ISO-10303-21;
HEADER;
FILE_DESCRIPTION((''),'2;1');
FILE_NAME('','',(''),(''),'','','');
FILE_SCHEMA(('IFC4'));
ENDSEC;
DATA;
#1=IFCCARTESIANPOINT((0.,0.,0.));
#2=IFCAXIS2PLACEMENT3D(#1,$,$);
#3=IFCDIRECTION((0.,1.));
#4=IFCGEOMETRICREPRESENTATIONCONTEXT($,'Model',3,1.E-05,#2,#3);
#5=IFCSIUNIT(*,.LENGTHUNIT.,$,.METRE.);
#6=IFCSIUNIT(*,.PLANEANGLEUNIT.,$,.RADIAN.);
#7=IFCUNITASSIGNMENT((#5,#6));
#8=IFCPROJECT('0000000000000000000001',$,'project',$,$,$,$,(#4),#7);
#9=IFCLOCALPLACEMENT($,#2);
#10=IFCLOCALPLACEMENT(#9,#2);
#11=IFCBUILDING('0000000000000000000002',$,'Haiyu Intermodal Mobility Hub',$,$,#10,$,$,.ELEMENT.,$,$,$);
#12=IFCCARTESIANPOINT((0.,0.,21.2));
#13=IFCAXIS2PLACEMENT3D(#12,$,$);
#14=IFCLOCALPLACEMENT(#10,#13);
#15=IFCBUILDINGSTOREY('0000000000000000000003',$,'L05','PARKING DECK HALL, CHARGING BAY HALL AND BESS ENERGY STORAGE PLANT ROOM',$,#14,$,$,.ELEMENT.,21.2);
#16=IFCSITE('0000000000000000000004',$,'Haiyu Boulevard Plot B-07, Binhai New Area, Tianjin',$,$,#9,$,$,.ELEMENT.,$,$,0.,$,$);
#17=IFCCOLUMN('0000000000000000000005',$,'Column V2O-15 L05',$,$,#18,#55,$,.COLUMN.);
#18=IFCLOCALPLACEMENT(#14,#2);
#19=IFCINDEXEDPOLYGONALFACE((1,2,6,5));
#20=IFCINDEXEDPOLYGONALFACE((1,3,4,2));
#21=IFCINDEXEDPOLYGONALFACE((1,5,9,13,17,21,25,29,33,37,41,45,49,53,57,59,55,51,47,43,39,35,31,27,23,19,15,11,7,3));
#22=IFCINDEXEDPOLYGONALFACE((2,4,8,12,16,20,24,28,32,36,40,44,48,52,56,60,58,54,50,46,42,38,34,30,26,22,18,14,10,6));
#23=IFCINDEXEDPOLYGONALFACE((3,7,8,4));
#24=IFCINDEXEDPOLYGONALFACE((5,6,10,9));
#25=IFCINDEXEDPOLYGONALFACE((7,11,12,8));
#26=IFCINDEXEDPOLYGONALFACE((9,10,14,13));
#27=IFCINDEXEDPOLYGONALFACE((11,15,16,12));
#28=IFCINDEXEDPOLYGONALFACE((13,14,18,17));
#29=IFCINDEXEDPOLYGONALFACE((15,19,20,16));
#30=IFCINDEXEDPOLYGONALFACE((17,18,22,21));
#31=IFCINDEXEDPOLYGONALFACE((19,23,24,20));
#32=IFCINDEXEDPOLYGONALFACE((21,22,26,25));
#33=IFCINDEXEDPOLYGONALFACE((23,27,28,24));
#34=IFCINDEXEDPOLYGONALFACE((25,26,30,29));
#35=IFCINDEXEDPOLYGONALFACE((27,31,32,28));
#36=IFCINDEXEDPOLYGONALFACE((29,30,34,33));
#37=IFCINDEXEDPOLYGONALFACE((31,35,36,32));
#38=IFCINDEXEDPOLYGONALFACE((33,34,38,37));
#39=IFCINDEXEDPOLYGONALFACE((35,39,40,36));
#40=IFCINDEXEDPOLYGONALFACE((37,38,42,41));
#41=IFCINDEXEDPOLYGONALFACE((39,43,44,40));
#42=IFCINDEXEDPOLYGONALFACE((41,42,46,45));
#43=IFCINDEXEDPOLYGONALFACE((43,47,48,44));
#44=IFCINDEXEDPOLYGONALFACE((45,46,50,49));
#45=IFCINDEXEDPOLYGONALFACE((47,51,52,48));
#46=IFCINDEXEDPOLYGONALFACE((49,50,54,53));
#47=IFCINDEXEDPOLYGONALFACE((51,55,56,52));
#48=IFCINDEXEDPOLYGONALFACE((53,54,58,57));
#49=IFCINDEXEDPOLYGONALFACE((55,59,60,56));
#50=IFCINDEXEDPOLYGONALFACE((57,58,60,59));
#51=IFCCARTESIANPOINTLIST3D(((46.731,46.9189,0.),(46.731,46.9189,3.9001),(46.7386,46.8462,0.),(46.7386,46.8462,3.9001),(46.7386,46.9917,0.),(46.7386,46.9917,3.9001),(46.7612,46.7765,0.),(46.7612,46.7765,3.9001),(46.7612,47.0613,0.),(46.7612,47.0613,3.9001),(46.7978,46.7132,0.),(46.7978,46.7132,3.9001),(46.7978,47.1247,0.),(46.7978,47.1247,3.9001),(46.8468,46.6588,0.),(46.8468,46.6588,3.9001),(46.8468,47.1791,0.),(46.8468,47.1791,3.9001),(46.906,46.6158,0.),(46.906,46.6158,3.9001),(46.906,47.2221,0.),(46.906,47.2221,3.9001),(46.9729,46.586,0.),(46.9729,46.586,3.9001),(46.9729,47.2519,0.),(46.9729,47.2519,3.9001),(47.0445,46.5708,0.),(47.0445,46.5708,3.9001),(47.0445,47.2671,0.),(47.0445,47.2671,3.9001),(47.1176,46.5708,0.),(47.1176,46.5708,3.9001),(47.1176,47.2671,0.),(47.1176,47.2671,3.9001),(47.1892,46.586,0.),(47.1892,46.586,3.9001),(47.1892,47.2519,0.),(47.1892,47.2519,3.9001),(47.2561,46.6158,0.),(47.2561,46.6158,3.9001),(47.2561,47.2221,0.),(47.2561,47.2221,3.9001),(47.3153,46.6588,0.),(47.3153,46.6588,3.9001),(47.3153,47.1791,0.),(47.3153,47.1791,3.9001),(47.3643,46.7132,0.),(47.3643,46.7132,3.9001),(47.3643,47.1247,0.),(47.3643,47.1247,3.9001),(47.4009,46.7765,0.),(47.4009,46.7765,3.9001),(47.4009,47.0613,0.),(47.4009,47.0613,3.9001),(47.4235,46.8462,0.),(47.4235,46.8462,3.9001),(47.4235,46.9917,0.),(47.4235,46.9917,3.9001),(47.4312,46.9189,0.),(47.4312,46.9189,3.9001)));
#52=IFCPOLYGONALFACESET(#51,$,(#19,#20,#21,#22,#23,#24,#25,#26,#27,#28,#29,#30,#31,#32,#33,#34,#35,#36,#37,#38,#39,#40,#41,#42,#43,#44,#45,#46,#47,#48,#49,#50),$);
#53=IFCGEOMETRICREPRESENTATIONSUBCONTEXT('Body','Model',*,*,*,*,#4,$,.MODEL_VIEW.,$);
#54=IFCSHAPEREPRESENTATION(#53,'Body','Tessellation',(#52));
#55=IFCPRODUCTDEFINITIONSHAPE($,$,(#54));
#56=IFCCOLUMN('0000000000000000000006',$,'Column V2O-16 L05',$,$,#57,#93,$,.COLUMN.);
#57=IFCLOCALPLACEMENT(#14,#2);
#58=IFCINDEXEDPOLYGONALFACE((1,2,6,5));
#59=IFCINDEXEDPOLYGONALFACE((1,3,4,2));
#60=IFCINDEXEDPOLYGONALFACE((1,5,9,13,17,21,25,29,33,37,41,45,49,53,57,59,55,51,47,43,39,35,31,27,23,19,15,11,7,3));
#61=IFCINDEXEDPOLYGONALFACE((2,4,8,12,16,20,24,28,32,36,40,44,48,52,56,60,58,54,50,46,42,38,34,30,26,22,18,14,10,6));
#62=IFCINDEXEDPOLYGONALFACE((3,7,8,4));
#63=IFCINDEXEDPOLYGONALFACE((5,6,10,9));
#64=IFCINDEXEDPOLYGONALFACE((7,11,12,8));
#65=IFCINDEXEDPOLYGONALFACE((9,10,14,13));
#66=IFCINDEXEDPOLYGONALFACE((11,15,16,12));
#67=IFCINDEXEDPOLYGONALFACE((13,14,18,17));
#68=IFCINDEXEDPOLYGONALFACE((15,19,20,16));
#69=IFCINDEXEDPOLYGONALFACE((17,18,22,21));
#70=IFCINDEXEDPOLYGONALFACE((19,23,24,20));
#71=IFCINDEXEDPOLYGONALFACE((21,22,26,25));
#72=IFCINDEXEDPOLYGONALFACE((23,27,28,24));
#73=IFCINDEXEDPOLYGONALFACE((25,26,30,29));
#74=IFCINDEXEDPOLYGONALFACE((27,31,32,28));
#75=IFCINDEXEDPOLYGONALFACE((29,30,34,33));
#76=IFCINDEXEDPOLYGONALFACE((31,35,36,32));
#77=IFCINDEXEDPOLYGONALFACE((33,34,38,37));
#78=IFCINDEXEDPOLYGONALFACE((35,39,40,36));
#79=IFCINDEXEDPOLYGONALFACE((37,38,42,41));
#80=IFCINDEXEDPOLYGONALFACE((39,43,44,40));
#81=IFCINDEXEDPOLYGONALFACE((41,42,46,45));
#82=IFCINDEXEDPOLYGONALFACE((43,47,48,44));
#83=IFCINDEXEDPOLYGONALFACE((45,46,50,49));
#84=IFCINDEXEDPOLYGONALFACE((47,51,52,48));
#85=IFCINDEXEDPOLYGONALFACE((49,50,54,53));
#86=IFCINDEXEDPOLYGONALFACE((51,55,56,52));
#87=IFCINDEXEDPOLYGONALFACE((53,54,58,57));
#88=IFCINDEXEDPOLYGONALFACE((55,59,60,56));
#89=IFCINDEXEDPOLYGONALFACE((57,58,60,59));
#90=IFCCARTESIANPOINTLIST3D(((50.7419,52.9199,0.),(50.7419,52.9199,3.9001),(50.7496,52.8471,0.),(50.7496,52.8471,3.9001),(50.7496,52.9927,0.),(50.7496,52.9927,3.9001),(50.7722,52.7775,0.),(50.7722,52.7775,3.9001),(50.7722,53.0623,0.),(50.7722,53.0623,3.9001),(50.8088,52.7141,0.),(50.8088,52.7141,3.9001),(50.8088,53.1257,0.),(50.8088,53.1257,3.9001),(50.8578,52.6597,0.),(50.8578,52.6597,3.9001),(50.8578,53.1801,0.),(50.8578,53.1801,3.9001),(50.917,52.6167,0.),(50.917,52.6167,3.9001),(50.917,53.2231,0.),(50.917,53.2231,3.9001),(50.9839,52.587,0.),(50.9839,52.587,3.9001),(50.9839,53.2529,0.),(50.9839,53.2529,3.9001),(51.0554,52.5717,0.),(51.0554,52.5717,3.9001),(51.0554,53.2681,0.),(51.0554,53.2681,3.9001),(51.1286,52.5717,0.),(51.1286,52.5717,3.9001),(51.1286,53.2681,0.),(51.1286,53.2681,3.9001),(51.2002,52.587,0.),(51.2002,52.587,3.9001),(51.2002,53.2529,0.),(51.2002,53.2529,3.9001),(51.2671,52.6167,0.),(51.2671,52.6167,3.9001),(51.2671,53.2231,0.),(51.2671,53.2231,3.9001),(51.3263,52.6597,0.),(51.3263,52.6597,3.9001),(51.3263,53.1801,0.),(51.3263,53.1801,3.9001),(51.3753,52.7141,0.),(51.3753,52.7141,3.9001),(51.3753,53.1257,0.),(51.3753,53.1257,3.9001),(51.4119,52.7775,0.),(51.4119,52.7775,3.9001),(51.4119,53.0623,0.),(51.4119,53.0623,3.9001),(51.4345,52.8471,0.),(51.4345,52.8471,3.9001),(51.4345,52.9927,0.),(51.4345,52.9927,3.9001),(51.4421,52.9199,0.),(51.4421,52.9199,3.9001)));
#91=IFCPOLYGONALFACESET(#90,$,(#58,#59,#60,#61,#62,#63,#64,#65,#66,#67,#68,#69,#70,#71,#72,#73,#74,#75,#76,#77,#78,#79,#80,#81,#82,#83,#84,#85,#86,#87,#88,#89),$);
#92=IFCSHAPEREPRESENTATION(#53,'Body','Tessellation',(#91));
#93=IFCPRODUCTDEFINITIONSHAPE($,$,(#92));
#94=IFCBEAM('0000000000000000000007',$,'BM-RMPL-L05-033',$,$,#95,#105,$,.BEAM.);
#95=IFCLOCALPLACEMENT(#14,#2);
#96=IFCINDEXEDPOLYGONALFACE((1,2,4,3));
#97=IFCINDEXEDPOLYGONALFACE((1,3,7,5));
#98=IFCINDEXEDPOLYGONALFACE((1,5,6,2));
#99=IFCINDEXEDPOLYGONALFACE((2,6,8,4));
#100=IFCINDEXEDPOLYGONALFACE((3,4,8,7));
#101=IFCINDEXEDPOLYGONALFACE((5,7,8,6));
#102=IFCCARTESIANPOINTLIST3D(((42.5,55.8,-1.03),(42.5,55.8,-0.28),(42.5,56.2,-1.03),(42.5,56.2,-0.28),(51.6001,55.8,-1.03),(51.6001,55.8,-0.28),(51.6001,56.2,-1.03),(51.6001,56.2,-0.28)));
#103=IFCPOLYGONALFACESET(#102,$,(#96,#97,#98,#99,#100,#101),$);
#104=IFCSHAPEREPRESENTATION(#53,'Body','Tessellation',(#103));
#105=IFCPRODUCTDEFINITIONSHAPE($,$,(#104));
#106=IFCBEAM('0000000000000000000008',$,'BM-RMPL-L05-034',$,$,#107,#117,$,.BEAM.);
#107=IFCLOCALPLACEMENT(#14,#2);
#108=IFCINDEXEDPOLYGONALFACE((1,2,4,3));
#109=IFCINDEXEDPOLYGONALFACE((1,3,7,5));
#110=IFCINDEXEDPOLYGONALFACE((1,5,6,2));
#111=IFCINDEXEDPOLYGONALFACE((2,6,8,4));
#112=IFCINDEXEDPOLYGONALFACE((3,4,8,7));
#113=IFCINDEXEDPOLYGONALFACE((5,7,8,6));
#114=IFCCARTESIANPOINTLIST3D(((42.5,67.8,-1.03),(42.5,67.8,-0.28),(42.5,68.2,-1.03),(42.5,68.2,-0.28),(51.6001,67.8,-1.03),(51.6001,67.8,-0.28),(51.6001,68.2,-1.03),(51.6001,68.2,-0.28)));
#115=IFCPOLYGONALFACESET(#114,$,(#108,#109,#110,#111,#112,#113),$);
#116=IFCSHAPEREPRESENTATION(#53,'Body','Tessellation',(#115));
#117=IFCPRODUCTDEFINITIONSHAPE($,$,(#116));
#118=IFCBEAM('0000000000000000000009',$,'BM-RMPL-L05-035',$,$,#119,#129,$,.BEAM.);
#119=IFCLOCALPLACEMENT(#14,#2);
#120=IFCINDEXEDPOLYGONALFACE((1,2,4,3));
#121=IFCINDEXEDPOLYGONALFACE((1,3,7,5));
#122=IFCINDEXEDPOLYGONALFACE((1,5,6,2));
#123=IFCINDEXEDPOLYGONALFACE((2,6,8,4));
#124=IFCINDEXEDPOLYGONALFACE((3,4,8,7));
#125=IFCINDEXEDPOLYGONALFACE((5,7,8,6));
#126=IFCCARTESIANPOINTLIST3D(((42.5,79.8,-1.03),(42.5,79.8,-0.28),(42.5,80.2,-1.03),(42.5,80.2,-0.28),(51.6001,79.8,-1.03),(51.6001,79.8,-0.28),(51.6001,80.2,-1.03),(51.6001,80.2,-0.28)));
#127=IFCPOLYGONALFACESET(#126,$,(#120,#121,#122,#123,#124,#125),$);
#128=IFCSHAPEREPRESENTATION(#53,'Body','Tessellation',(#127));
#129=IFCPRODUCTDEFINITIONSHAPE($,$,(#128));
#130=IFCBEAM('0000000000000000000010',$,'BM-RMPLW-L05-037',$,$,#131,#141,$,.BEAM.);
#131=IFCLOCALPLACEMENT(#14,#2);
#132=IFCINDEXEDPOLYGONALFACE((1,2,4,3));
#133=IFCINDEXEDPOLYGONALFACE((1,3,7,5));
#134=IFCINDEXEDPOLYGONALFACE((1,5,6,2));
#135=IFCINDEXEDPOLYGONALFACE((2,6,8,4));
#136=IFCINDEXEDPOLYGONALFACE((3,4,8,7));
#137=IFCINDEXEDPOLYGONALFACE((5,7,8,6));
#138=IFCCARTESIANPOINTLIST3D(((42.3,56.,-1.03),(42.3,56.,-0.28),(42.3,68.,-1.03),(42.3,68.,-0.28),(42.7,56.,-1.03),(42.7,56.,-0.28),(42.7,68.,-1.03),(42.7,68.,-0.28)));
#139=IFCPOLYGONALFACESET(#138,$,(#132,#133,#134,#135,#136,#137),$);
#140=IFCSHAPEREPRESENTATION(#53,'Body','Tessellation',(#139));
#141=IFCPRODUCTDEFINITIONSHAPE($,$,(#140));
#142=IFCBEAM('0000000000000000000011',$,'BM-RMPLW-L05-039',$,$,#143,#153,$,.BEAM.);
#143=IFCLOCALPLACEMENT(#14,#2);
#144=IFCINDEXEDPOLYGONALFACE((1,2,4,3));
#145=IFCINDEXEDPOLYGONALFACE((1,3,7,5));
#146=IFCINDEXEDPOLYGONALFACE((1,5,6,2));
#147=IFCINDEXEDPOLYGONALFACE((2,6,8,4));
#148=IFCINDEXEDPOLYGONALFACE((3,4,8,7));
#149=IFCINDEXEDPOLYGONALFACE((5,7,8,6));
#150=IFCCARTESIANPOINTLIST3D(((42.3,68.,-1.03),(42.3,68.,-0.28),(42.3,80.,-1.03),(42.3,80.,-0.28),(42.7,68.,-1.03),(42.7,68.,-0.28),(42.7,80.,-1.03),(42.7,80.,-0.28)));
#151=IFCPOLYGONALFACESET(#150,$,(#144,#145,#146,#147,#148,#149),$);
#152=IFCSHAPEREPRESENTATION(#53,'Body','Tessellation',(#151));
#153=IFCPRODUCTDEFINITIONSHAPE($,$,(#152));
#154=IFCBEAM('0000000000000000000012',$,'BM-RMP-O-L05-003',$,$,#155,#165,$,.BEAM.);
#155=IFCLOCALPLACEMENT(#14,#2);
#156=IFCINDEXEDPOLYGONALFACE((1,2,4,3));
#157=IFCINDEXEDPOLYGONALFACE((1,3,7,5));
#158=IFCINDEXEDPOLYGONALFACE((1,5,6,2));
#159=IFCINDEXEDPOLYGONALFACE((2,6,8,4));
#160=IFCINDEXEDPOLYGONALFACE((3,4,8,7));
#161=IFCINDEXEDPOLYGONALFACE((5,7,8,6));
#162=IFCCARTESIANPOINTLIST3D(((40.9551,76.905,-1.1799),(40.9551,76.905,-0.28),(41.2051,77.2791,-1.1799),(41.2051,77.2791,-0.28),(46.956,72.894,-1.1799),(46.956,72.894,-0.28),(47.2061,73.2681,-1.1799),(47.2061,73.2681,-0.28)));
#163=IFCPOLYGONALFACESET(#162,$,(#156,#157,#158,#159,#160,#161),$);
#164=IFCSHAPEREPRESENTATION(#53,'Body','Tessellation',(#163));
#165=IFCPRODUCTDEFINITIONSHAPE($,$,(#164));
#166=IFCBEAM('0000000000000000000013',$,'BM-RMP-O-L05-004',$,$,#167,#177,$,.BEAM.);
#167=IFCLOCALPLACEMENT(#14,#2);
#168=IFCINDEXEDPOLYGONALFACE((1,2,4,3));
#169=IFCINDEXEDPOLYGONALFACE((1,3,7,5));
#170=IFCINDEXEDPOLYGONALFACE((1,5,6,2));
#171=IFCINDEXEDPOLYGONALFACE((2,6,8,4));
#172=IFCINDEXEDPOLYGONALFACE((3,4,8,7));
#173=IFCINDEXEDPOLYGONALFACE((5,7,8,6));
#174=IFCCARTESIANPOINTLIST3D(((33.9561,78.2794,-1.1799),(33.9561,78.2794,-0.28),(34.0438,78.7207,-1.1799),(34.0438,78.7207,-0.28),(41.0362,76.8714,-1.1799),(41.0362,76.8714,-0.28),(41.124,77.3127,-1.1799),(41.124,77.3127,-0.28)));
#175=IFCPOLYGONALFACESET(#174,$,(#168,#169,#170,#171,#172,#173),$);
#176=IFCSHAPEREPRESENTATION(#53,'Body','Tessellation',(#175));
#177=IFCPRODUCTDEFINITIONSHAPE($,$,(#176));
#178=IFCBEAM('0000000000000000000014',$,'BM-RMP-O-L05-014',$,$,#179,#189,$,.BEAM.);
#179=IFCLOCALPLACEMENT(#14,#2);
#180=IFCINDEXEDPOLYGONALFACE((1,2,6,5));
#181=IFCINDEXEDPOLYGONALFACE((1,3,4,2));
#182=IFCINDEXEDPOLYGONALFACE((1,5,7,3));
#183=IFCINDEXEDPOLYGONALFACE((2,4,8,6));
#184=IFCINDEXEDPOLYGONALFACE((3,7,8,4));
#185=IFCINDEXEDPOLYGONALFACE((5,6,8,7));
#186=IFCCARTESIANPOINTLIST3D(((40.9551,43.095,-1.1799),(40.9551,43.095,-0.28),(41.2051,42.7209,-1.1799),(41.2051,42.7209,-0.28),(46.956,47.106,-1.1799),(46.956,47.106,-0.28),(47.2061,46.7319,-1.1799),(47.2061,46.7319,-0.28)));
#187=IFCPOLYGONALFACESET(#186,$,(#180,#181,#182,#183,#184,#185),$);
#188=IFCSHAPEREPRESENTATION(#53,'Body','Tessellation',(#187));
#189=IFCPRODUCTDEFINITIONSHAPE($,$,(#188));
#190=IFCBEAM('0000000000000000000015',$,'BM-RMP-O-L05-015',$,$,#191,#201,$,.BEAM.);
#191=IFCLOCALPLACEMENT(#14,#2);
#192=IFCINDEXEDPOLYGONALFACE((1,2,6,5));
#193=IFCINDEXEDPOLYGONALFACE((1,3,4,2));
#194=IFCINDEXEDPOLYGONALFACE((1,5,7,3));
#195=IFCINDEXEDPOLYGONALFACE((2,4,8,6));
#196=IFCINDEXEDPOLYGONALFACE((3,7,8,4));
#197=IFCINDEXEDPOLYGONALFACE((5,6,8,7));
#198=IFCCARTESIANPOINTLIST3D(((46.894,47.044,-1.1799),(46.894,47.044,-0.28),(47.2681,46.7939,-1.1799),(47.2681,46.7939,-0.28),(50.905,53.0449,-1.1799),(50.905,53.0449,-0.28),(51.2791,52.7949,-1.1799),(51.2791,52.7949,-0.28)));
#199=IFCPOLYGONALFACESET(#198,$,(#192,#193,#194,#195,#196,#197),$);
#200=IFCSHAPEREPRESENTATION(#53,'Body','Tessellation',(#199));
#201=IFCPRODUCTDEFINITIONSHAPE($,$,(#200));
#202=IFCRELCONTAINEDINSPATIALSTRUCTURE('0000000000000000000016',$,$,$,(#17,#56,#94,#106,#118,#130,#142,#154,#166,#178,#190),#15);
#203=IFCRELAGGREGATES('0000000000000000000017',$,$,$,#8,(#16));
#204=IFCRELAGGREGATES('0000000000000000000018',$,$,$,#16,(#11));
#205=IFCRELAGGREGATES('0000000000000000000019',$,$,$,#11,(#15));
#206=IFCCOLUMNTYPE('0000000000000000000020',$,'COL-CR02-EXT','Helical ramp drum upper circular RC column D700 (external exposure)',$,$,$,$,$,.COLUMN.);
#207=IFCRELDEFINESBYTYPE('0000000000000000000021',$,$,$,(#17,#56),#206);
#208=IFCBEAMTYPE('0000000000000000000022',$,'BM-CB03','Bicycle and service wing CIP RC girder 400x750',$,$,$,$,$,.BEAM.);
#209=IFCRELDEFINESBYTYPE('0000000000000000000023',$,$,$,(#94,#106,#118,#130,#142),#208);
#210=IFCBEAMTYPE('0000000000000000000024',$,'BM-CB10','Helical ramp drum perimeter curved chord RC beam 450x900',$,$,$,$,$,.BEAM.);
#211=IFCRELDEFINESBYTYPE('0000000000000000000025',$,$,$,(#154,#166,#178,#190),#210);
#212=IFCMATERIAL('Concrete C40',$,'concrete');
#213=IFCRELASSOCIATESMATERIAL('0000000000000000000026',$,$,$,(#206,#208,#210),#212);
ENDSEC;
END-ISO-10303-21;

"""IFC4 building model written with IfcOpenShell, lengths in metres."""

from ifc_helpers import new_model, si_unit, direction, frame, origin, origin_2d, place, context, subcontext, project, spatial, rectangle, circle, extrude, material, material_profile, profile_set, type_object, element, save


model = new_model("IFC4")

# Units and contexts
model_context = context("Model", 3, precision=1e-05, world=origin(), true_north=direction((0.0, 1.0)))
body_context = subcontext(model_context, "Body", "Model", "MODEL_VIEW")
ifc_project = project(units=[si_unit("LENGTHUNIT", "METRE"), si_unit("PLANEANGLEUNIT", "RADIAN")], contexts=[model_context])

# Site, building, storey
site_placement = place(None, origin())
site = spatial("IfcSite", under=ifc_project, at=site_placement, Name="Haiyu Boulevard Plot B-07, Binhai New Area, Tianjin", CompositionType="ELEMENT", RefElevation=0.0)
building_placement = place(site_placement, origin())
building = spatial("IfcBuilding", under=site, at=building_placement, Name="Haiyu Intermodal Mobility Hub", CompositionType="ELEMENT")
storey_placement = place(building_placement, frame((0.0, 0.0, 21.2)))
storey = spatial("IfcBuildingStorey", under=building, at=storey_placement, Name="L05", Description="PARKING DECK HALL, CHARGING BAY HALL AND BESS ENERGY STORAGE PLANT ROOM", CompositionType="ELEMENT", Elevation=21.2)

# Columns
ifc_material_1 = material(Name="Concrete C40", Category="concrete")
ifc_material_profile_1 = material_profile(ifc_material_1, circle(Radius=0.3501, at=origin_2d()), Name="RCCOL-D700")
ifc_profile_set_1 = profile_set([ifc_material_profile_1], Name="Concrete C40")
column_type_1 = type_object("IfcColumnType", Name="COL-CR02-EXT", Description="Helical ramp drum upper circular RC column D700 (external exposure)", PredefinedType="COLUMN", material=ifc_profile_set_1)
for number, where, z_axis, x_axis, name in (
    (1, (47.0811, 46.9189, 0.0), (0.0, 0.0, 1.0), (1.0, 0.0, 0.0), "Column V2O-15 L05"),
    (2, (51.092, 52.9199, 0.0), (0.0, 0.0, 1.0), (1.0, 0.0, 0.0), "Column V2O-16 L05"),
):
    element("IfcColumn", number, at=place(storey_placement, frame(where, z_axis=z_axis, x_axis=x_axis)), inside=storey, type_object=column_type_1, Name=name, PredefinedType="COLUMN", context=body_context, shape_type="SweptSolid", body=[
        extrude(circle(Radius=0.3501, at=origin_2d()), origin(), (0.0, 0.0, 1.0), 3.9001),
    ])

# Beams
ifc_material_profile_2 = material_profile(ifc_material_1, rectangle(XDim=0.3999, YDim=0.75, at=origin_2d()), Name="RCB400x750")
ifc_profile_set_2 = profile_set([ifc_material_profile_2], Name="Concrete C40")
beam_type_1 = type_object("IfcBeamType", Name="BM-CB03", Description="Bicycle and service wing CIP RC girder 400x750", PredefinedType="BEAM", material=ifc_profile_set_2)
for number, where, z_axis, x_axis, name in (
    (3, (42.5, 56.0, -0.655), (1.0, 0.0, 0.0), (0.0, 1.0, 0.0), "BM-RMPL-L05-033"),
    (4, (42.5, 68.0, -0.655), (1.0, 0.0, 0.0), (0.0, 1.0, 0.0), "BM-RMPL-L05-034"),
    (5, (42.5, 80.0, -0.655), (1.0, 0.0, 0.0), (0.0, 1.0, 0.0), "BM-RMPL-L05-035"),
):
    element("IfcBeam", number, at=place(storey_placement, frame(where, z_axis=z_axis, x_axis=x_axis)), inside=storey, type_object=beam_type_1, Name=name, PredefinedType="BEAM", context=body_context, shape_type="SweptSolid", body=[
        extrude(rectangle(XDim=0.3999, YDim=0.75, at=origin_2d()), origin(), (0.0, 0.0, 1.0), 9.1001),
    ])
for number, where, z_axis, x_axis, name in (
    (6, (42.5, 56.0, -0.655), (0.0, 1.0, 0.0), (-1.0, 0.0, 0.0), "BM-RMPLW-L05-037"),
    (7, (42.5, 68.0, -0.655), (0.0, 1.0, 0.0), (-1.0, 0.0, 0.0), "BM-RMPLW-L05-039"),
):
    element("IfcBeam", number, at=place(storey_placement, frame(where, z_axis=z_axis, x_axis=x_axis)), inside=storey, type_object=beam_type_1, Name=name, PredefinedType="BEAM", context=body_context, shape_type="SweptSolid", body=[
        extrude(rectangle(XDim=0.3999, YDim=0.75, at=origin_2d()), origin(), (0.0, 0.0, 1.0), 12.0),
    ])
ifc_material_profile_3 = material_profile(ifc_material_1, rectangle(XDim=0.45, YDim=0.8999, at=origin_2d()), Name="RCB450x900")
ifc_profile_set_3 = profile_set([ifc_material_profile_3], Name="Concrete C40")
beam_type_2 = type_object("IfcBeamType", Name="BM-CB10", Description="Helical ramp drum perimeter curved chord RC beam 450x900", PredefinedType="BEAM", material=ifc_profile_set_3)
beam_1_placement = place(storey_placement, frame((47.0811, 73.0811, -0.73), z_axis=(-0.831389, 0.555691, 0.0), x_axis=(-0.555691, -0.831389, 0.0)))
element("IfcBeam", 8, at=beam_1_placement, inside=storey, type_object=beam_type_2, Name="BM-RMP-O-L05-003", PredefinedType="BEAM", context=body_context, shape_type="SweptSolid", body=[
    extrude(rectangle(XDim=0.45, YDim=0.8999, at=origin_2d()), origin(), (0.0, 0.0, 1.0), 7.218),
])
beam_2_placement = place(storey_placement, frame((41.0801, 77.092, -0.73), z_axis=(-0.980795, 0.195043, 0.0), x_axis=(-0.195043, -0.980795, 0.0)))
element("IfcBeam", 9, at=beam_2_placement, inside=storey, type_object=beam_type_2, Name="BM-RMP-O-L05-004", PredefinedType="BEAM", context=body_context, shape_type="SweptSolid", body=[
    extrude(rectangle(XDim=0.45, YDim=0.8999, at=origin_2d()), origin(), (0.0, 0.0, 1.0), 7.2188),
])
for number, where, z_axis, x_axis, name in (
    (10, (41.0801, 42.908, -0.73), (0.831389, 0.555691, 0.0), (-0.555691, 0.831389, 0.0), "BM-RMP-O-L05-014"),
    (11, (47.0811, 46.9189, -0.73), (0.555691, 0.831389, 0.0), (-0.831389, 0.555691, 0.0), "BM-RMP-O-L05-015"),
):
    element("IfcBeam", number, at=place(storey_placement, frame(where, z_axis=z_axis, x_axis=x_axis)), inside=storey, type_object=beam_type_2, Name=name, PredefinedType="BEAM", context=body_context, shape_type="SweptSolid", body=[
        extrude(rectangle(XDim=0.45, YDim=0.8999, at=origin_2d()), origin(), (0.0, 0.0, 1.0), 7.218),
    ])

save(model, "model.ifc")
